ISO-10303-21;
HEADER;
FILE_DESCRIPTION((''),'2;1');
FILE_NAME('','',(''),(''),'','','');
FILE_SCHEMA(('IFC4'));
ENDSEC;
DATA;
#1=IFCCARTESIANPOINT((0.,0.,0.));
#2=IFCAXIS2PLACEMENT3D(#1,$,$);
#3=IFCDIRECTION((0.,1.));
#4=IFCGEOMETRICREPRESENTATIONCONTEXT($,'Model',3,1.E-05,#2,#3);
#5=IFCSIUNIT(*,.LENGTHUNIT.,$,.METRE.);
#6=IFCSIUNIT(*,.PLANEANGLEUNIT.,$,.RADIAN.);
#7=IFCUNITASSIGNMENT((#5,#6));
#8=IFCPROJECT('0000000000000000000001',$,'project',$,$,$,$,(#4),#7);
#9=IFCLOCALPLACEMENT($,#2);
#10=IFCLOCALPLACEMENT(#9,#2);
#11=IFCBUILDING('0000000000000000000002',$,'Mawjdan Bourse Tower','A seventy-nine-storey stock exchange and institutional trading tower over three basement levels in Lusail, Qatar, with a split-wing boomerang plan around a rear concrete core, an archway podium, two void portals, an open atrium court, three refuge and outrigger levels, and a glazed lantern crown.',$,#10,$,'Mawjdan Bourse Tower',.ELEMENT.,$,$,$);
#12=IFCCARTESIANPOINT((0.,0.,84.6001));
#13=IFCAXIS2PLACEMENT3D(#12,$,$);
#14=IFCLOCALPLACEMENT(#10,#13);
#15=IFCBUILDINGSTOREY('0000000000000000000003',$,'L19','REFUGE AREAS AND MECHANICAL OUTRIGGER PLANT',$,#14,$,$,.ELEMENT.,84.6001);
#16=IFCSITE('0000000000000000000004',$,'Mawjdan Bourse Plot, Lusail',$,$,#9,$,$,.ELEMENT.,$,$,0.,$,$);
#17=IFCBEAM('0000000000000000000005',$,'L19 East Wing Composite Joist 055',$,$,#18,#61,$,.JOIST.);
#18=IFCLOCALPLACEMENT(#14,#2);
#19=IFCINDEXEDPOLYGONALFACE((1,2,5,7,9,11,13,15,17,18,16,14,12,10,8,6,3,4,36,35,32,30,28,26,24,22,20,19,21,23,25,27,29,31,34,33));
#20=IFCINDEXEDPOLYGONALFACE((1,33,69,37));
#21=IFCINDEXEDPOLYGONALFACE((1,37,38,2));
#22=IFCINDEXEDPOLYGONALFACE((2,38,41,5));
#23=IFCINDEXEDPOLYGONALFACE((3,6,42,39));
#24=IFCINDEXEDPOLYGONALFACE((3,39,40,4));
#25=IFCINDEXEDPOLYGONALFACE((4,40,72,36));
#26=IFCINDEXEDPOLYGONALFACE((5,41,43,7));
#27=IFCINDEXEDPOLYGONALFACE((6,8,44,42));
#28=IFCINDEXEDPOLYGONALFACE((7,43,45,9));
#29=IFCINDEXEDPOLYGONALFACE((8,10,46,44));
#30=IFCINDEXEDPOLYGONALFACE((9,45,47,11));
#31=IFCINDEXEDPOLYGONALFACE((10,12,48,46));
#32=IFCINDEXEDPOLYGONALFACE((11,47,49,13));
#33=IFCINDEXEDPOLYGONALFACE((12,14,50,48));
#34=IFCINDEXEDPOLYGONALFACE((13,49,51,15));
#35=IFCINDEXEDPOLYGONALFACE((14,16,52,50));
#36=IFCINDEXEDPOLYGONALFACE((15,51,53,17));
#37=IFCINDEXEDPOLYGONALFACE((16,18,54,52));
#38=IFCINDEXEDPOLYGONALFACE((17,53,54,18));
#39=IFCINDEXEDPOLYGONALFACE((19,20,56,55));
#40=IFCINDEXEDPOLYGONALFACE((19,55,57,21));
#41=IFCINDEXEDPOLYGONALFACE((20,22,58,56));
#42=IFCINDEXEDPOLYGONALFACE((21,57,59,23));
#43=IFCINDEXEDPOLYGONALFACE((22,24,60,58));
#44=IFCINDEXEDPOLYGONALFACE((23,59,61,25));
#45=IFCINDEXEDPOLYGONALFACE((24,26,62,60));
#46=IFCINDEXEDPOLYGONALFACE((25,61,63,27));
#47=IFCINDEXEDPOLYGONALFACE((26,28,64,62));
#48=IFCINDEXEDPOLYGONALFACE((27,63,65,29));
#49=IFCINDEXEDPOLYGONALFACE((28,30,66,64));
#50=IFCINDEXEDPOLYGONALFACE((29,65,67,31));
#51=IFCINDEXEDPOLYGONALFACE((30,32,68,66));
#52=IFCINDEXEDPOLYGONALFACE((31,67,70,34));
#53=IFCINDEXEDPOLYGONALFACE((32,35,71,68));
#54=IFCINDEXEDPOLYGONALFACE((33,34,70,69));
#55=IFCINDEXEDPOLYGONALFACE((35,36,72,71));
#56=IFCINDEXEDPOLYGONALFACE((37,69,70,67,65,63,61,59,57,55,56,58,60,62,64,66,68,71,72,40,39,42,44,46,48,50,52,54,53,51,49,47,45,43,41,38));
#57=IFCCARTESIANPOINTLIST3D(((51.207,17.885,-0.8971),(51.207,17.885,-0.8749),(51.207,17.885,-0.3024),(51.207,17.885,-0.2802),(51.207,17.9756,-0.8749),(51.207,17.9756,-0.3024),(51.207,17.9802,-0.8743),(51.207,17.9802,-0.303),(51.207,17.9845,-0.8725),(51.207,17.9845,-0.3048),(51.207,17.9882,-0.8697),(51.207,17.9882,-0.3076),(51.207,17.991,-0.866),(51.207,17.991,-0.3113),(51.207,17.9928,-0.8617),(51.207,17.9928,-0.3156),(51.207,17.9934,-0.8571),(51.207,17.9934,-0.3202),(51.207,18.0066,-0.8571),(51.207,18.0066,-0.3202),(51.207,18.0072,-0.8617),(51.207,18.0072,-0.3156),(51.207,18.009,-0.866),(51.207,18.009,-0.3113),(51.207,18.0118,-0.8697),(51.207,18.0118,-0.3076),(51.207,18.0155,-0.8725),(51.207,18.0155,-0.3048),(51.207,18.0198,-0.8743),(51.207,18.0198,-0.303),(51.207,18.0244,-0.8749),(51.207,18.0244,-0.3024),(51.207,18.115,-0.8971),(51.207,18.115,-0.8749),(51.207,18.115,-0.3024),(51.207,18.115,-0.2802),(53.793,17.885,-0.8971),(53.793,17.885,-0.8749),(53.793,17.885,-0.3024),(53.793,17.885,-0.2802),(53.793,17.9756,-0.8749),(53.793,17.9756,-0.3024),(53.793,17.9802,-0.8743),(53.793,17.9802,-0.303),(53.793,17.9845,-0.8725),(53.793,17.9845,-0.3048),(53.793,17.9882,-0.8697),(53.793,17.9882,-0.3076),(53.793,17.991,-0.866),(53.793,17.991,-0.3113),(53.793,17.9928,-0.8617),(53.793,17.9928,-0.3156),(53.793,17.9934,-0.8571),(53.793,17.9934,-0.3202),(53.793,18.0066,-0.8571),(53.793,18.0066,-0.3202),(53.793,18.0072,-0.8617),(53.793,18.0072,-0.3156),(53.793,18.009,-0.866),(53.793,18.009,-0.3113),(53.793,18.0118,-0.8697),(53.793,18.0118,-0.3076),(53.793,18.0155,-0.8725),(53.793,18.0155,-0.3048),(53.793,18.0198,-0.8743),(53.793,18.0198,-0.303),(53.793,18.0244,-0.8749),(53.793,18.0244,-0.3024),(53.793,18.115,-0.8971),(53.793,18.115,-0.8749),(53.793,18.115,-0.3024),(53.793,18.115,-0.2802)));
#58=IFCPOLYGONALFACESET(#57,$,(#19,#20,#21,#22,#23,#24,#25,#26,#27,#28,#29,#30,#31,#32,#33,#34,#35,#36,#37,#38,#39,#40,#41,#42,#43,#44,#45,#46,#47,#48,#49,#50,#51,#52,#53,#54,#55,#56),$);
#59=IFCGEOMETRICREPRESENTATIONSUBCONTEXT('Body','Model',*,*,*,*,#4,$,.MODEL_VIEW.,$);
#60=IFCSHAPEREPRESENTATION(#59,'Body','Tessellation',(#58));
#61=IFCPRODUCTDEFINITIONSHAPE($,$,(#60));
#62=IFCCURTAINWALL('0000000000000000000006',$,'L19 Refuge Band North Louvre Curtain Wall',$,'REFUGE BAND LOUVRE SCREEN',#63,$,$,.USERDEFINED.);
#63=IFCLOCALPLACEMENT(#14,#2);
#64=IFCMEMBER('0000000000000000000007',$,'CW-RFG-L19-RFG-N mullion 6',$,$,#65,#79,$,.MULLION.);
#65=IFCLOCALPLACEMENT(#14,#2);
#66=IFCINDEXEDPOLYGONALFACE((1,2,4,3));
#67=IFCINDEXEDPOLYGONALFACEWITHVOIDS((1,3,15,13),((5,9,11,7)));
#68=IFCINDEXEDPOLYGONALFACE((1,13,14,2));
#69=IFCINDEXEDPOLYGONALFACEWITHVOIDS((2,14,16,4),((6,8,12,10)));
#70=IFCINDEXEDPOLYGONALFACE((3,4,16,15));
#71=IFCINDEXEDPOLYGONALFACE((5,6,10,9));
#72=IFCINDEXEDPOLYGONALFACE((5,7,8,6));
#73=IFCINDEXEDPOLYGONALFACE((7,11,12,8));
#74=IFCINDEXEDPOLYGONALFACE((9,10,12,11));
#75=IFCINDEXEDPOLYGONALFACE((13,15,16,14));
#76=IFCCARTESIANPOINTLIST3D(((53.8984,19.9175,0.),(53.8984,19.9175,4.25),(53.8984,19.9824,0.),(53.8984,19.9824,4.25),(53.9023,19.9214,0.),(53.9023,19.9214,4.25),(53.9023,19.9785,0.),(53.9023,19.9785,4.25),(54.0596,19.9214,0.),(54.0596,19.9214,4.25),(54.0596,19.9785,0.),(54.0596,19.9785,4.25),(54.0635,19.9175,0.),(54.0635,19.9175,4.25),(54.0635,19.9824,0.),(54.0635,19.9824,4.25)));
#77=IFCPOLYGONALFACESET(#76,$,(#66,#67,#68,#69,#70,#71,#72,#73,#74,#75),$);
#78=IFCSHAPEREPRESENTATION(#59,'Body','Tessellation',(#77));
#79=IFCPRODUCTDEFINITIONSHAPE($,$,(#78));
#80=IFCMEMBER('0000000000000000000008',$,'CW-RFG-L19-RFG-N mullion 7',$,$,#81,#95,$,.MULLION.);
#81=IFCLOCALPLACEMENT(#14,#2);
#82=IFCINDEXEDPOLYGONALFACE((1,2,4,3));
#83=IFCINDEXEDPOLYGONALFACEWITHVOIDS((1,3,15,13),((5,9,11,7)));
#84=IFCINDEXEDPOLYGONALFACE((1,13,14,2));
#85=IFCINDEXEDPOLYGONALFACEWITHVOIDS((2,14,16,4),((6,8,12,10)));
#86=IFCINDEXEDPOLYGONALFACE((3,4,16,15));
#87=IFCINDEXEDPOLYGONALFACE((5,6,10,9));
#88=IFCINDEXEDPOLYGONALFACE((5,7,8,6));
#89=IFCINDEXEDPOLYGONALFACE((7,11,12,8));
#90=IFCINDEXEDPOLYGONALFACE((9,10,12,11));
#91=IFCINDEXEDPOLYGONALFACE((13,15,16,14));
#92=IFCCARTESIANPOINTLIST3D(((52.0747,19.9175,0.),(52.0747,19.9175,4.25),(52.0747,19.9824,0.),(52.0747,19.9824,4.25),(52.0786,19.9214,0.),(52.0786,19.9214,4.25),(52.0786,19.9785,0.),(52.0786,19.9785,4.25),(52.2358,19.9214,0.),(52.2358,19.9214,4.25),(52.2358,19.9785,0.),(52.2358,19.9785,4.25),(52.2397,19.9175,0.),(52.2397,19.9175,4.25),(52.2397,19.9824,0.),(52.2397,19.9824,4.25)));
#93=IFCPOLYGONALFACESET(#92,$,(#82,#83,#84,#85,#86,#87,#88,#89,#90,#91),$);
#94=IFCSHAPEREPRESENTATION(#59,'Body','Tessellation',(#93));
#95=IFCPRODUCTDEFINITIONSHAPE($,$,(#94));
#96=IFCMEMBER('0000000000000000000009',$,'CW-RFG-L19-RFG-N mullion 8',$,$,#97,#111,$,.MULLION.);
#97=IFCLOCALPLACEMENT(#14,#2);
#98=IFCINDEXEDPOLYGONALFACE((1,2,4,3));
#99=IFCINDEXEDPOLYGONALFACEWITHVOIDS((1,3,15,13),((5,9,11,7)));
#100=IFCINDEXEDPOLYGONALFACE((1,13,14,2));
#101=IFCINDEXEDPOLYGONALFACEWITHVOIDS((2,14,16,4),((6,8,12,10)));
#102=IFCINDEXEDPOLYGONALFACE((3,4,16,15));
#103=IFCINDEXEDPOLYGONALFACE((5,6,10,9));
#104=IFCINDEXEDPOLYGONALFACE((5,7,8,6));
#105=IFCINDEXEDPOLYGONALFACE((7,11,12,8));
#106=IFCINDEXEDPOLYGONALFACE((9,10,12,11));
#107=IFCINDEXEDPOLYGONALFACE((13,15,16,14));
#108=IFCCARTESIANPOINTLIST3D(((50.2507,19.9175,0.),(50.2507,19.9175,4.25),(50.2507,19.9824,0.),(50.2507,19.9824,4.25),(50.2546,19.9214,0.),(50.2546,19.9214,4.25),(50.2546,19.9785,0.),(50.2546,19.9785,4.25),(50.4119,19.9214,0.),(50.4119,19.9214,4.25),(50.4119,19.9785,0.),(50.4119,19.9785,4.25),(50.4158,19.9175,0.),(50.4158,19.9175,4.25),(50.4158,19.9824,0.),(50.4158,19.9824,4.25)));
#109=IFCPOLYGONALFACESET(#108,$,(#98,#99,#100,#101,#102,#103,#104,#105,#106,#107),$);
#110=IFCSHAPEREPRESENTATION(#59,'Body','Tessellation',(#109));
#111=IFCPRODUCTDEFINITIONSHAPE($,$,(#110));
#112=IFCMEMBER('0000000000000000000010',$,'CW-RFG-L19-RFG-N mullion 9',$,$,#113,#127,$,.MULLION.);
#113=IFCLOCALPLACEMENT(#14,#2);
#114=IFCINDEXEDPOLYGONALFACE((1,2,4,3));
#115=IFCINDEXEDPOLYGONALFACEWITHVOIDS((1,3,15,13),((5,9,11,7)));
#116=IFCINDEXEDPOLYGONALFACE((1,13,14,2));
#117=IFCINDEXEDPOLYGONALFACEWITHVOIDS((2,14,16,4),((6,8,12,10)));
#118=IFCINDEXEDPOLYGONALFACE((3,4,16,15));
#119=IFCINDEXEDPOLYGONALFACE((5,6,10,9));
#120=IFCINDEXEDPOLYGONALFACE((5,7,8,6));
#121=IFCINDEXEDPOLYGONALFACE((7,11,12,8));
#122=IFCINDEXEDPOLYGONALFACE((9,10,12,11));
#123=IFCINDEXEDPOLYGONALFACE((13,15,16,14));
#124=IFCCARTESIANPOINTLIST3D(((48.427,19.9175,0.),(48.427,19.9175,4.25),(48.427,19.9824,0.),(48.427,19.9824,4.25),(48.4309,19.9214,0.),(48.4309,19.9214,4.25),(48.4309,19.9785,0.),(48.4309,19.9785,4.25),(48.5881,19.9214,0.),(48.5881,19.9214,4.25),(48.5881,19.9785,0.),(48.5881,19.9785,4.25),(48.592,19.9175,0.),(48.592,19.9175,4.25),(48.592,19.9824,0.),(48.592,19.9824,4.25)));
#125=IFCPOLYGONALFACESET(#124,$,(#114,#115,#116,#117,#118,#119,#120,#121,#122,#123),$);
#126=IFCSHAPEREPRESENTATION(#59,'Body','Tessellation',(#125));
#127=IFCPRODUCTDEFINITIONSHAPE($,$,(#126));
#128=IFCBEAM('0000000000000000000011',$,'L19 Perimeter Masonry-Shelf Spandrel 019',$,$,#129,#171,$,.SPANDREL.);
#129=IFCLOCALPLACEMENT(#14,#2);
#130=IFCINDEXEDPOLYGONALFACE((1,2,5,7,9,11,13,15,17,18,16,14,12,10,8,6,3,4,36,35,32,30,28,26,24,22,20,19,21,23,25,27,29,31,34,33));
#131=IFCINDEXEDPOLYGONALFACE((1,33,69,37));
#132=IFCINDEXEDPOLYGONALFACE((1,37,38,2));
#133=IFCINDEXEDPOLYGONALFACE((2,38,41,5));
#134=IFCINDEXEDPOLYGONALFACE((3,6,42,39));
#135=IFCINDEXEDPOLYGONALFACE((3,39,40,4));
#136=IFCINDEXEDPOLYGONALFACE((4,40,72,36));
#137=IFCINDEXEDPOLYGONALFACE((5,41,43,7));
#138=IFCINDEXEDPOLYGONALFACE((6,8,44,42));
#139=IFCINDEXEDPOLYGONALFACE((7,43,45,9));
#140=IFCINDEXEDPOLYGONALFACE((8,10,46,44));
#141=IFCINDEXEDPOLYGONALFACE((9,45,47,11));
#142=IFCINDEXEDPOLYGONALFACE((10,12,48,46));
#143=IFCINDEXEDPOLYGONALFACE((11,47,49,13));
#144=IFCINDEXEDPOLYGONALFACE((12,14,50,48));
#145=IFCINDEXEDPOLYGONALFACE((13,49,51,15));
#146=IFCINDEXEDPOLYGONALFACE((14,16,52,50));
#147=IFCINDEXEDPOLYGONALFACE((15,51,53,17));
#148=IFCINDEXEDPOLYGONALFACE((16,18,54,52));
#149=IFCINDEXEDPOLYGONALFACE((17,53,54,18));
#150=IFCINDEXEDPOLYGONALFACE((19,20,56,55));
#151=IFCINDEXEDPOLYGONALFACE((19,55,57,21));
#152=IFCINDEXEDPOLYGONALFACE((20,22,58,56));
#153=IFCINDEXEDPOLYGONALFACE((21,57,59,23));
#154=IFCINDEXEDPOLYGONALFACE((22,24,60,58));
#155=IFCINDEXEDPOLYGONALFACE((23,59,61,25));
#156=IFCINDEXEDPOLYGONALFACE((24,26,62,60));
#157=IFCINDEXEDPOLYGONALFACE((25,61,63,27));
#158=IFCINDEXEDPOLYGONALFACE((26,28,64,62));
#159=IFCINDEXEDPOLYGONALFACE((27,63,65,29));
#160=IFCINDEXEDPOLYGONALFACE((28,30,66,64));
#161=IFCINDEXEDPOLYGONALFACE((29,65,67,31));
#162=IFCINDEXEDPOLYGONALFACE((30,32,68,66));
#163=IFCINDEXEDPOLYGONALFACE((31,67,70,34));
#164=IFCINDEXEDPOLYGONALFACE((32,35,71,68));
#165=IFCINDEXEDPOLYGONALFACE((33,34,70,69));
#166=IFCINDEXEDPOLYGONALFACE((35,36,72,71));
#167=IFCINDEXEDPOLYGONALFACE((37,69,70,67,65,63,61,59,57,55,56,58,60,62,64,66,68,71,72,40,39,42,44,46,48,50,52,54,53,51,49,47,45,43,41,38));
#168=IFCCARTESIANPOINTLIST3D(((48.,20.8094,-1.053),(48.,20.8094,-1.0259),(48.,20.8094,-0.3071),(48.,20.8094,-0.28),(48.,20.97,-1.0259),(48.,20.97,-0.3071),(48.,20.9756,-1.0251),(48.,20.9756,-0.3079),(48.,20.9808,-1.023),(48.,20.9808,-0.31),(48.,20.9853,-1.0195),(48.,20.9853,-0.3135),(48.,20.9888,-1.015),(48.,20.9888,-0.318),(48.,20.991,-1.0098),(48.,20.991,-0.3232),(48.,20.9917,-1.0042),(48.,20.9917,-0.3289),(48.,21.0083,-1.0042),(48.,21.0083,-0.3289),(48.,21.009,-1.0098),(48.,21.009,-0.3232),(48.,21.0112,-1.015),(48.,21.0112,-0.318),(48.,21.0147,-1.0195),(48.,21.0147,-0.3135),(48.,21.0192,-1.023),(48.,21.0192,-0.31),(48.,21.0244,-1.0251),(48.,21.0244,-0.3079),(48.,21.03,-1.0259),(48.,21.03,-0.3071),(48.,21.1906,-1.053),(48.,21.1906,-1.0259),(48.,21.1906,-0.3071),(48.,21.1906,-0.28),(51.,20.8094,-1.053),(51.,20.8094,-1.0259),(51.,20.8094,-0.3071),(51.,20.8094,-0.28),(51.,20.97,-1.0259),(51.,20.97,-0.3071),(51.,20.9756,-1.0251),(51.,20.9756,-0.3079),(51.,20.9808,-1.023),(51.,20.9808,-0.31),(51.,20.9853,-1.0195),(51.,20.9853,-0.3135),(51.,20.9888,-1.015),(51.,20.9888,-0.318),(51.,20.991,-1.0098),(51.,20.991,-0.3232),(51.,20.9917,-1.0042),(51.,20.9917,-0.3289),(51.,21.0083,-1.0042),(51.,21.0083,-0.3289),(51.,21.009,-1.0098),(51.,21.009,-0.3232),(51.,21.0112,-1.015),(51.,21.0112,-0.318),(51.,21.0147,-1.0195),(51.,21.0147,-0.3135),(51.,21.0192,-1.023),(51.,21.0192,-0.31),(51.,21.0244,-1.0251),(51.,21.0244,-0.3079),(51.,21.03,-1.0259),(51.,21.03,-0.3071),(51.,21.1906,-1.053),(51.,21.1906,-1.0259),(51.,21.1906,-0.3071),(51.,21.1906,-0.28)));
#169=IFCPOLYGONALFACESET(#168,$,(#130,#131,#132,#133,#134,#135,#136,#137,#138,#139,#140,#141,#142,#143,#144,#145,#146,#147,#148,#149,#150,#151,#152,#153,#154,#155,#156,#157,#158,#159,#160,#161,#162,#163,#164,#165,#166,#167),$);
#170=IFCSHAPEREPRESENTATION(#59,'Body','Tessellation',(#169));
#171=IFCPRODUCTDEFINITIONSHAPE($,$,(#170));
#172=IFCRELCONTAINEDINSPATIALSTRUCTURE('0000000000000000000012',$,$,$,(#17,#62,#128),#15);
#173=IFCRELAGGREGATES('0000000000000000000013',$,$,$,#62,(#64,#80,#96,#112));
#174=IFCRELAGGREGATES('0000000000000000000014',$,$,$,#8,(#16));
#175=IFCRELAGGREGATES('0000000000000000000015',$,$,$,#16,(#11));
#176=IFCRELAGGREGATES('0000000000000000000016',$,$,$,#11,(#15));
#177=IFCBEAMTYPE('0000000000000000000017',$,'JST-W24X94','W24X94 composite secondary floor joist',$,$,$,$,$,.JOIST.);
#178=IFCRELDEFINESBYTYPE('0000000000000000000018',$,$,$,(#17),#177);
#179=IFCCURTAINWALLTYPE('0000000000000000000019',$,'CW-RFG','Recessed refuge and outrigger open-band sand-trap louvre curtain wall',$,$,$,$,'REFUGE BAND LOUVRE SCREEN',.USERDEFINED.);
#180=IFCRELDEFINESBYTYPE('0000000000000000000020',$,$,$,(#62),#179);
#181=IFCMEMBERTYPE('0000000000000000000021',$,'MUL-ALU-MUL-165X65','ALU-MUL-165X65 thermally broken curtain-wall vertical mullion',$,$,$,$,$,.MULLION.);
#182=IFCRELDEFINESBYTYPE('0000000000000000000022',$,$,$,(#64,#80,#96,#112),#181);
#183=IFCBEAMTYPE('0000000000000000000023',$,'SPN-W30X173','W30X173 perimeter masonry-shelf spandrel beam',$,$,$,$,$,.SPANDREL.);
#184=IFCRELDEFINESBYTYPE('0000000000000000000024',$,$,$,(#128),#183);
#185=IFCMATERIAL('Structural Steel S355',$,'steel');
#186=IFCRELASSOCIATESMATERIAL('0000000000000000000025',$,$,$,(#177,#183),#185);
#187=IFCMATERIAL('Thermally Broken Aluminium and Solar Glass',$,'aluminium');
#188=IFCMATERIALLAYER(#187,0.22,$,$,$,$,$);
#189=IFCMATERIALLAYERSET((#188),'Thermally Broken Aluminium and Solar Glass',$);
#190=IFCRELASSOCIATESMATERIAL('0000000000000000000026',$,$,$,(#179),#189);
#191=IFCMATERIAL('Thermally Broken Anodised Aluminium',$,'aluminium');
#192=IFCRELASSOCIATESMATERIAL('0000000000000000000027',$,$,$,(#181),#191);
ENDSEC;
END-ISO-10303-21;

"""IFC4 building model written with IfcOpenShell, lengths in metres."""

from ifc_helpers import new_model, si_unit, direction, frame, origin, origin_2d, place, context, subcontext, project, spatial, hollow_rectangle, i_section, extrude, material, layer, layer_set, material_profile, profile_set, type_object, element, aggregate, save


model = new_model("IFC4")

# Units and contexts
model_context = context("Model", 3, precision=1e-05, world=origin(), true_north=direction((0.0, 1.0)))
body_context = subcontext(model_context, "Body", "Model", "MODEL_VIEW")
ifc_project = project(units=[si_unit("LENGTHUNIT", "METRE"), si_unit("PLANEANGLEUNIT", "RADIAN")], contexts=[model_context])

# Site, building, storey
site_placement = place(None, origin())
site = spatial("IfcSite", under=ifc_project, at=site_placement, Name="Mawjdan Bourse Plot, Lusail", CompositionType="ELEMENT", RefElevation=0.0)
building_placement = place(site_placement, origin())
building = spatial("IfcBuilding", under=site, at=building_placement, Name="Mawjdan Bourse Tower", Description="A seventy-nine-storey stock exchange and institutional trading tower over three basement levels in Lusail, Qatar, with a split-wing boomerang plan around a rear concrete core, an archway podium, two void portals, an open atrium court, three refuge and outrigger levels, and a glazed lantern crown.", LongName="Mawjdan Bourse Tower", CompositionType="ELEMENT")
storey_placement = place(building_placement, frame((0.0, 0.0, 84.6001)))
storey = spatial("IfcBuildingStorey", under=building, at=storey_placement, Name="L19", Description="REFUGE AREAS AND MECHANICAL OUTRIGGER PLANT", CompositionType="ELEMENT", Elevation=84.6001)

# Beam
ifc_material_1 = material(Name="Structural Steel S355", Category="steel")
ifc_material_profile_1 = material_profile(ifc_material_1, i_section(OverallWidth=0.23, OverallDepth=0.6169, WebThickness=0.0132, FlangeThickness=0.0222, FilletRadius=0.0178, at=origin_2d()), Name="W24X94")
ifc_profile_set_1 = profile_set([ifc_material_profile_1], Name="Structural Steel S355")
beam_type_1 = type_object("IfcBeamType", Name="JST-W24X94", Description="W24X94 composite secondary floor joist", PredefinedType="JOIST", material=ifc_profile_set_1)
for number, where, z_axis, x_axis, name in (
    (1, (51.207, 18.0, -0.5886), (1.0, 0.0, 0.0), (0.0, 1.0, 0.0), "L19 East Wing Composite Joist 055"),
):
    element("IfcBeam", number, at=place(storey_placement, frame(where, z_axis=z_axis, x_axis=x_axis)), inside=storey, type_object=beam_type_1, Name=name, PredefinedType="JOIST", context=body_context, shape_type="SweptSolid", body=[
        extrude(i_section(OverallWidth=0.23, OverallDepth=0.6169, WebThickness=0.0132, FlangeThickness=0.0222, FilletRadius=0.0178, at=origin_2d()), origin(), (0.0, 0.0, 1.0), 2.5859),
    ])

# Curtain wall, members
ifc_material_2 = material(Name="Thermally Broken Aluminium and Solar Glass", Category="aluminium")
ifc_layer_1 = layer(ifc_material_2, 0.22)
ifc_layer_set_1 = layer_set([ifc_layer_1], Name="Thermally Broken Aluminium and Solar Glass")
curtain_wall_type = type_object("IfcCurtainWallType", Name="CW-RFG", Description="Recessed refuge and outrigger open-band sand-trap louvre curtain wall", ElementType="REFUGE BAND LOUVRE SCREEN", PredefinedType="USERDEFINED", material=ifc_layer_set_1)
curtain_wall_placement = place(storey_placement, origin())
curtain_wall = element("IfcCurtainWall", 2, at=curtain_wall_placement, inside=storey, type_object=curtain_wall_type, Name="L19 Refuge Band North Louvre Curtain Wall", ObjectType="REFUGE BAND LOUVRE SCREEN", PredefinedType="USERDEFINED")
ifc_material_3 = material(Name="Thermally Broken Anodised Aluminium", Category="aluminium")
ifc_material_profile_2 = material_profile(ifc_material_3, hollow_rectangle(XDim=0.0649, YDim=0.165, WallThickness=0.0039, at=origin_2d()), Name="ALU-MUL-165X65")
ifc_profile_set_2 = profile_set([ifc_material_profile_2], Name="Thermally Broken Anodised Aluminium")
member_type_1 = type_object("IfcMemberType", Name="MUL-ALU-MUL-165X65", Description="ALU-MUL-165X65 thermally broken curtain-wall vertical mullion", PredefinedType="MULLION", material=ifc_profile_set_2)
member_1_placement = place(storey_placement, frame((53.981, 19.95, 0.0), z_axis=(0.0, 0.0, 1.0), x_axis=(0.0, -1.0, 0.0)))
member_1 = element("IfcMember", 3, at=member_1_placement, type_object=member_type_1, Name="CW-RFG-L19-RFG-N mullion 6", PredefinedType="MULLION", context=body_context, shape_type="SweptSolid", body=[
    extrude(hollow_rectangle(XDim=0.0649, YDim=0.165, WallThickness=0.0039, at=origin_2d()), origin(), (0.0, 0.0, 1.0), 4.25),
])
member_2_placement = place(storey_placement, frame((52.1572, 19.95, 0.0), z_axis=(0.0, 0.0, 1.0), x_axis=(0.0, -1.0, 0.0)))
member_2 = element("IfcMember", 4, at=member_2_placement, type_object=member_type_1, Name="CW-RFG-L19-RFG-N mullion 7", PredefinedType="MULLION", context=body_context, shape_type="SweptSolid", body=[
    extrude(hollow_rectangle(XDim=0.0649, YDim=0.165, WallThickness=0.0039, at=origin_2d()), origin(), (0.0, 0.0, 1.0), 4.25),
])
member_3_placement = place(storey_placement, frame((50.3333, 19.95, 0.0), z_axis=(0.0, 0.0, 1.0), x_axis=(0.0, -1.0, 0.0)))
member_3 = element("IfcMember", 5, at=member_3_placement, type_object=member_type_1, Name="CW-RFG-L19-RFG-N mullion 8", PredefinedType="MULLION", context=body_context, shape_type="SweptSolid", body=[
    extrude(hollow_rectangle(XDim=0.0649, YDim=0.165, WallThickness=0.0039, at=origin_2d()), origin(), (0.0, 0.0, 1.0), 4.25),
])
member_4_placement = place(storey_placement, frame((48.5095, 19.95, 0.0), z_axis=(0.0, 0.0, 1.0), x_axis=(0.0, -1.0, 0.0)))
member_4 = element("IfcMember", 6, at=member_4_placement, type_object=member_type_1, Name="CW-RFG-L19-RFG-N mullion 9", PredefinedType="MULLION", context=body_context, shape_type="SweptSolid", body=[
    extrude(hollow_rectangle(XDim=0.0649, YDim=0.165, WallThickness=0.0039, at=origin_2d()), origin(), (0.0, 0.0, 1.0), 4.25),
])

# Beam
ifc_material_profile_3 = material_profile(ifc_material_1, i_section(OverallWidth=0.3811, OverallDepth=0.7729, WebThickness=0.0166, FlangeThickness=0.0271, FilletRadius=0.0217, at=origin_2d()), Name="W30X173")
ifc_profile_set_3 = profile_set([ifc_material_profile_3], Name="Structural Steel S355")
beam_type_2 = type_object("IfcBeamType", Name="SPN-W30X173", Description="W30X173 perimeter masonry-shelf spandrel beam", PredefinedType="SPANDREL", material=ifc_profile_set_3)
for number, where, z_axis, x_axis, name in (
    (7, (48.0, 21.0, -0.6665), (1.0, 0.0, 0.0), (0.0, 1.0, 0.0), "L19 Perimeter Masonry-Shelf Spandrel 019"),
):
    element("IfcBeam", number, at=place(storey_placement, frame(where, z_axis=z_axis, x_axis=x_axis)), inside=storey, type_object=beam_type_2, Name=name, PredefinedType="SPANDREL", context=body_context, shape_type="SweptSolid", body=[
        extrude(i_section(OverallWidth=0.3811, OverallDepth=0.7729, WebThickness=0.0166, FlangeThickness=0.0271, FilletRadius=0.0217, at=origin_2d()), origin(), (0.0, 0.0, 1.0), 3.0),
    ])

aggregate(curtain_wall, [member_1, member_2, member_3, member_4])

save(model, "model.ifc")
